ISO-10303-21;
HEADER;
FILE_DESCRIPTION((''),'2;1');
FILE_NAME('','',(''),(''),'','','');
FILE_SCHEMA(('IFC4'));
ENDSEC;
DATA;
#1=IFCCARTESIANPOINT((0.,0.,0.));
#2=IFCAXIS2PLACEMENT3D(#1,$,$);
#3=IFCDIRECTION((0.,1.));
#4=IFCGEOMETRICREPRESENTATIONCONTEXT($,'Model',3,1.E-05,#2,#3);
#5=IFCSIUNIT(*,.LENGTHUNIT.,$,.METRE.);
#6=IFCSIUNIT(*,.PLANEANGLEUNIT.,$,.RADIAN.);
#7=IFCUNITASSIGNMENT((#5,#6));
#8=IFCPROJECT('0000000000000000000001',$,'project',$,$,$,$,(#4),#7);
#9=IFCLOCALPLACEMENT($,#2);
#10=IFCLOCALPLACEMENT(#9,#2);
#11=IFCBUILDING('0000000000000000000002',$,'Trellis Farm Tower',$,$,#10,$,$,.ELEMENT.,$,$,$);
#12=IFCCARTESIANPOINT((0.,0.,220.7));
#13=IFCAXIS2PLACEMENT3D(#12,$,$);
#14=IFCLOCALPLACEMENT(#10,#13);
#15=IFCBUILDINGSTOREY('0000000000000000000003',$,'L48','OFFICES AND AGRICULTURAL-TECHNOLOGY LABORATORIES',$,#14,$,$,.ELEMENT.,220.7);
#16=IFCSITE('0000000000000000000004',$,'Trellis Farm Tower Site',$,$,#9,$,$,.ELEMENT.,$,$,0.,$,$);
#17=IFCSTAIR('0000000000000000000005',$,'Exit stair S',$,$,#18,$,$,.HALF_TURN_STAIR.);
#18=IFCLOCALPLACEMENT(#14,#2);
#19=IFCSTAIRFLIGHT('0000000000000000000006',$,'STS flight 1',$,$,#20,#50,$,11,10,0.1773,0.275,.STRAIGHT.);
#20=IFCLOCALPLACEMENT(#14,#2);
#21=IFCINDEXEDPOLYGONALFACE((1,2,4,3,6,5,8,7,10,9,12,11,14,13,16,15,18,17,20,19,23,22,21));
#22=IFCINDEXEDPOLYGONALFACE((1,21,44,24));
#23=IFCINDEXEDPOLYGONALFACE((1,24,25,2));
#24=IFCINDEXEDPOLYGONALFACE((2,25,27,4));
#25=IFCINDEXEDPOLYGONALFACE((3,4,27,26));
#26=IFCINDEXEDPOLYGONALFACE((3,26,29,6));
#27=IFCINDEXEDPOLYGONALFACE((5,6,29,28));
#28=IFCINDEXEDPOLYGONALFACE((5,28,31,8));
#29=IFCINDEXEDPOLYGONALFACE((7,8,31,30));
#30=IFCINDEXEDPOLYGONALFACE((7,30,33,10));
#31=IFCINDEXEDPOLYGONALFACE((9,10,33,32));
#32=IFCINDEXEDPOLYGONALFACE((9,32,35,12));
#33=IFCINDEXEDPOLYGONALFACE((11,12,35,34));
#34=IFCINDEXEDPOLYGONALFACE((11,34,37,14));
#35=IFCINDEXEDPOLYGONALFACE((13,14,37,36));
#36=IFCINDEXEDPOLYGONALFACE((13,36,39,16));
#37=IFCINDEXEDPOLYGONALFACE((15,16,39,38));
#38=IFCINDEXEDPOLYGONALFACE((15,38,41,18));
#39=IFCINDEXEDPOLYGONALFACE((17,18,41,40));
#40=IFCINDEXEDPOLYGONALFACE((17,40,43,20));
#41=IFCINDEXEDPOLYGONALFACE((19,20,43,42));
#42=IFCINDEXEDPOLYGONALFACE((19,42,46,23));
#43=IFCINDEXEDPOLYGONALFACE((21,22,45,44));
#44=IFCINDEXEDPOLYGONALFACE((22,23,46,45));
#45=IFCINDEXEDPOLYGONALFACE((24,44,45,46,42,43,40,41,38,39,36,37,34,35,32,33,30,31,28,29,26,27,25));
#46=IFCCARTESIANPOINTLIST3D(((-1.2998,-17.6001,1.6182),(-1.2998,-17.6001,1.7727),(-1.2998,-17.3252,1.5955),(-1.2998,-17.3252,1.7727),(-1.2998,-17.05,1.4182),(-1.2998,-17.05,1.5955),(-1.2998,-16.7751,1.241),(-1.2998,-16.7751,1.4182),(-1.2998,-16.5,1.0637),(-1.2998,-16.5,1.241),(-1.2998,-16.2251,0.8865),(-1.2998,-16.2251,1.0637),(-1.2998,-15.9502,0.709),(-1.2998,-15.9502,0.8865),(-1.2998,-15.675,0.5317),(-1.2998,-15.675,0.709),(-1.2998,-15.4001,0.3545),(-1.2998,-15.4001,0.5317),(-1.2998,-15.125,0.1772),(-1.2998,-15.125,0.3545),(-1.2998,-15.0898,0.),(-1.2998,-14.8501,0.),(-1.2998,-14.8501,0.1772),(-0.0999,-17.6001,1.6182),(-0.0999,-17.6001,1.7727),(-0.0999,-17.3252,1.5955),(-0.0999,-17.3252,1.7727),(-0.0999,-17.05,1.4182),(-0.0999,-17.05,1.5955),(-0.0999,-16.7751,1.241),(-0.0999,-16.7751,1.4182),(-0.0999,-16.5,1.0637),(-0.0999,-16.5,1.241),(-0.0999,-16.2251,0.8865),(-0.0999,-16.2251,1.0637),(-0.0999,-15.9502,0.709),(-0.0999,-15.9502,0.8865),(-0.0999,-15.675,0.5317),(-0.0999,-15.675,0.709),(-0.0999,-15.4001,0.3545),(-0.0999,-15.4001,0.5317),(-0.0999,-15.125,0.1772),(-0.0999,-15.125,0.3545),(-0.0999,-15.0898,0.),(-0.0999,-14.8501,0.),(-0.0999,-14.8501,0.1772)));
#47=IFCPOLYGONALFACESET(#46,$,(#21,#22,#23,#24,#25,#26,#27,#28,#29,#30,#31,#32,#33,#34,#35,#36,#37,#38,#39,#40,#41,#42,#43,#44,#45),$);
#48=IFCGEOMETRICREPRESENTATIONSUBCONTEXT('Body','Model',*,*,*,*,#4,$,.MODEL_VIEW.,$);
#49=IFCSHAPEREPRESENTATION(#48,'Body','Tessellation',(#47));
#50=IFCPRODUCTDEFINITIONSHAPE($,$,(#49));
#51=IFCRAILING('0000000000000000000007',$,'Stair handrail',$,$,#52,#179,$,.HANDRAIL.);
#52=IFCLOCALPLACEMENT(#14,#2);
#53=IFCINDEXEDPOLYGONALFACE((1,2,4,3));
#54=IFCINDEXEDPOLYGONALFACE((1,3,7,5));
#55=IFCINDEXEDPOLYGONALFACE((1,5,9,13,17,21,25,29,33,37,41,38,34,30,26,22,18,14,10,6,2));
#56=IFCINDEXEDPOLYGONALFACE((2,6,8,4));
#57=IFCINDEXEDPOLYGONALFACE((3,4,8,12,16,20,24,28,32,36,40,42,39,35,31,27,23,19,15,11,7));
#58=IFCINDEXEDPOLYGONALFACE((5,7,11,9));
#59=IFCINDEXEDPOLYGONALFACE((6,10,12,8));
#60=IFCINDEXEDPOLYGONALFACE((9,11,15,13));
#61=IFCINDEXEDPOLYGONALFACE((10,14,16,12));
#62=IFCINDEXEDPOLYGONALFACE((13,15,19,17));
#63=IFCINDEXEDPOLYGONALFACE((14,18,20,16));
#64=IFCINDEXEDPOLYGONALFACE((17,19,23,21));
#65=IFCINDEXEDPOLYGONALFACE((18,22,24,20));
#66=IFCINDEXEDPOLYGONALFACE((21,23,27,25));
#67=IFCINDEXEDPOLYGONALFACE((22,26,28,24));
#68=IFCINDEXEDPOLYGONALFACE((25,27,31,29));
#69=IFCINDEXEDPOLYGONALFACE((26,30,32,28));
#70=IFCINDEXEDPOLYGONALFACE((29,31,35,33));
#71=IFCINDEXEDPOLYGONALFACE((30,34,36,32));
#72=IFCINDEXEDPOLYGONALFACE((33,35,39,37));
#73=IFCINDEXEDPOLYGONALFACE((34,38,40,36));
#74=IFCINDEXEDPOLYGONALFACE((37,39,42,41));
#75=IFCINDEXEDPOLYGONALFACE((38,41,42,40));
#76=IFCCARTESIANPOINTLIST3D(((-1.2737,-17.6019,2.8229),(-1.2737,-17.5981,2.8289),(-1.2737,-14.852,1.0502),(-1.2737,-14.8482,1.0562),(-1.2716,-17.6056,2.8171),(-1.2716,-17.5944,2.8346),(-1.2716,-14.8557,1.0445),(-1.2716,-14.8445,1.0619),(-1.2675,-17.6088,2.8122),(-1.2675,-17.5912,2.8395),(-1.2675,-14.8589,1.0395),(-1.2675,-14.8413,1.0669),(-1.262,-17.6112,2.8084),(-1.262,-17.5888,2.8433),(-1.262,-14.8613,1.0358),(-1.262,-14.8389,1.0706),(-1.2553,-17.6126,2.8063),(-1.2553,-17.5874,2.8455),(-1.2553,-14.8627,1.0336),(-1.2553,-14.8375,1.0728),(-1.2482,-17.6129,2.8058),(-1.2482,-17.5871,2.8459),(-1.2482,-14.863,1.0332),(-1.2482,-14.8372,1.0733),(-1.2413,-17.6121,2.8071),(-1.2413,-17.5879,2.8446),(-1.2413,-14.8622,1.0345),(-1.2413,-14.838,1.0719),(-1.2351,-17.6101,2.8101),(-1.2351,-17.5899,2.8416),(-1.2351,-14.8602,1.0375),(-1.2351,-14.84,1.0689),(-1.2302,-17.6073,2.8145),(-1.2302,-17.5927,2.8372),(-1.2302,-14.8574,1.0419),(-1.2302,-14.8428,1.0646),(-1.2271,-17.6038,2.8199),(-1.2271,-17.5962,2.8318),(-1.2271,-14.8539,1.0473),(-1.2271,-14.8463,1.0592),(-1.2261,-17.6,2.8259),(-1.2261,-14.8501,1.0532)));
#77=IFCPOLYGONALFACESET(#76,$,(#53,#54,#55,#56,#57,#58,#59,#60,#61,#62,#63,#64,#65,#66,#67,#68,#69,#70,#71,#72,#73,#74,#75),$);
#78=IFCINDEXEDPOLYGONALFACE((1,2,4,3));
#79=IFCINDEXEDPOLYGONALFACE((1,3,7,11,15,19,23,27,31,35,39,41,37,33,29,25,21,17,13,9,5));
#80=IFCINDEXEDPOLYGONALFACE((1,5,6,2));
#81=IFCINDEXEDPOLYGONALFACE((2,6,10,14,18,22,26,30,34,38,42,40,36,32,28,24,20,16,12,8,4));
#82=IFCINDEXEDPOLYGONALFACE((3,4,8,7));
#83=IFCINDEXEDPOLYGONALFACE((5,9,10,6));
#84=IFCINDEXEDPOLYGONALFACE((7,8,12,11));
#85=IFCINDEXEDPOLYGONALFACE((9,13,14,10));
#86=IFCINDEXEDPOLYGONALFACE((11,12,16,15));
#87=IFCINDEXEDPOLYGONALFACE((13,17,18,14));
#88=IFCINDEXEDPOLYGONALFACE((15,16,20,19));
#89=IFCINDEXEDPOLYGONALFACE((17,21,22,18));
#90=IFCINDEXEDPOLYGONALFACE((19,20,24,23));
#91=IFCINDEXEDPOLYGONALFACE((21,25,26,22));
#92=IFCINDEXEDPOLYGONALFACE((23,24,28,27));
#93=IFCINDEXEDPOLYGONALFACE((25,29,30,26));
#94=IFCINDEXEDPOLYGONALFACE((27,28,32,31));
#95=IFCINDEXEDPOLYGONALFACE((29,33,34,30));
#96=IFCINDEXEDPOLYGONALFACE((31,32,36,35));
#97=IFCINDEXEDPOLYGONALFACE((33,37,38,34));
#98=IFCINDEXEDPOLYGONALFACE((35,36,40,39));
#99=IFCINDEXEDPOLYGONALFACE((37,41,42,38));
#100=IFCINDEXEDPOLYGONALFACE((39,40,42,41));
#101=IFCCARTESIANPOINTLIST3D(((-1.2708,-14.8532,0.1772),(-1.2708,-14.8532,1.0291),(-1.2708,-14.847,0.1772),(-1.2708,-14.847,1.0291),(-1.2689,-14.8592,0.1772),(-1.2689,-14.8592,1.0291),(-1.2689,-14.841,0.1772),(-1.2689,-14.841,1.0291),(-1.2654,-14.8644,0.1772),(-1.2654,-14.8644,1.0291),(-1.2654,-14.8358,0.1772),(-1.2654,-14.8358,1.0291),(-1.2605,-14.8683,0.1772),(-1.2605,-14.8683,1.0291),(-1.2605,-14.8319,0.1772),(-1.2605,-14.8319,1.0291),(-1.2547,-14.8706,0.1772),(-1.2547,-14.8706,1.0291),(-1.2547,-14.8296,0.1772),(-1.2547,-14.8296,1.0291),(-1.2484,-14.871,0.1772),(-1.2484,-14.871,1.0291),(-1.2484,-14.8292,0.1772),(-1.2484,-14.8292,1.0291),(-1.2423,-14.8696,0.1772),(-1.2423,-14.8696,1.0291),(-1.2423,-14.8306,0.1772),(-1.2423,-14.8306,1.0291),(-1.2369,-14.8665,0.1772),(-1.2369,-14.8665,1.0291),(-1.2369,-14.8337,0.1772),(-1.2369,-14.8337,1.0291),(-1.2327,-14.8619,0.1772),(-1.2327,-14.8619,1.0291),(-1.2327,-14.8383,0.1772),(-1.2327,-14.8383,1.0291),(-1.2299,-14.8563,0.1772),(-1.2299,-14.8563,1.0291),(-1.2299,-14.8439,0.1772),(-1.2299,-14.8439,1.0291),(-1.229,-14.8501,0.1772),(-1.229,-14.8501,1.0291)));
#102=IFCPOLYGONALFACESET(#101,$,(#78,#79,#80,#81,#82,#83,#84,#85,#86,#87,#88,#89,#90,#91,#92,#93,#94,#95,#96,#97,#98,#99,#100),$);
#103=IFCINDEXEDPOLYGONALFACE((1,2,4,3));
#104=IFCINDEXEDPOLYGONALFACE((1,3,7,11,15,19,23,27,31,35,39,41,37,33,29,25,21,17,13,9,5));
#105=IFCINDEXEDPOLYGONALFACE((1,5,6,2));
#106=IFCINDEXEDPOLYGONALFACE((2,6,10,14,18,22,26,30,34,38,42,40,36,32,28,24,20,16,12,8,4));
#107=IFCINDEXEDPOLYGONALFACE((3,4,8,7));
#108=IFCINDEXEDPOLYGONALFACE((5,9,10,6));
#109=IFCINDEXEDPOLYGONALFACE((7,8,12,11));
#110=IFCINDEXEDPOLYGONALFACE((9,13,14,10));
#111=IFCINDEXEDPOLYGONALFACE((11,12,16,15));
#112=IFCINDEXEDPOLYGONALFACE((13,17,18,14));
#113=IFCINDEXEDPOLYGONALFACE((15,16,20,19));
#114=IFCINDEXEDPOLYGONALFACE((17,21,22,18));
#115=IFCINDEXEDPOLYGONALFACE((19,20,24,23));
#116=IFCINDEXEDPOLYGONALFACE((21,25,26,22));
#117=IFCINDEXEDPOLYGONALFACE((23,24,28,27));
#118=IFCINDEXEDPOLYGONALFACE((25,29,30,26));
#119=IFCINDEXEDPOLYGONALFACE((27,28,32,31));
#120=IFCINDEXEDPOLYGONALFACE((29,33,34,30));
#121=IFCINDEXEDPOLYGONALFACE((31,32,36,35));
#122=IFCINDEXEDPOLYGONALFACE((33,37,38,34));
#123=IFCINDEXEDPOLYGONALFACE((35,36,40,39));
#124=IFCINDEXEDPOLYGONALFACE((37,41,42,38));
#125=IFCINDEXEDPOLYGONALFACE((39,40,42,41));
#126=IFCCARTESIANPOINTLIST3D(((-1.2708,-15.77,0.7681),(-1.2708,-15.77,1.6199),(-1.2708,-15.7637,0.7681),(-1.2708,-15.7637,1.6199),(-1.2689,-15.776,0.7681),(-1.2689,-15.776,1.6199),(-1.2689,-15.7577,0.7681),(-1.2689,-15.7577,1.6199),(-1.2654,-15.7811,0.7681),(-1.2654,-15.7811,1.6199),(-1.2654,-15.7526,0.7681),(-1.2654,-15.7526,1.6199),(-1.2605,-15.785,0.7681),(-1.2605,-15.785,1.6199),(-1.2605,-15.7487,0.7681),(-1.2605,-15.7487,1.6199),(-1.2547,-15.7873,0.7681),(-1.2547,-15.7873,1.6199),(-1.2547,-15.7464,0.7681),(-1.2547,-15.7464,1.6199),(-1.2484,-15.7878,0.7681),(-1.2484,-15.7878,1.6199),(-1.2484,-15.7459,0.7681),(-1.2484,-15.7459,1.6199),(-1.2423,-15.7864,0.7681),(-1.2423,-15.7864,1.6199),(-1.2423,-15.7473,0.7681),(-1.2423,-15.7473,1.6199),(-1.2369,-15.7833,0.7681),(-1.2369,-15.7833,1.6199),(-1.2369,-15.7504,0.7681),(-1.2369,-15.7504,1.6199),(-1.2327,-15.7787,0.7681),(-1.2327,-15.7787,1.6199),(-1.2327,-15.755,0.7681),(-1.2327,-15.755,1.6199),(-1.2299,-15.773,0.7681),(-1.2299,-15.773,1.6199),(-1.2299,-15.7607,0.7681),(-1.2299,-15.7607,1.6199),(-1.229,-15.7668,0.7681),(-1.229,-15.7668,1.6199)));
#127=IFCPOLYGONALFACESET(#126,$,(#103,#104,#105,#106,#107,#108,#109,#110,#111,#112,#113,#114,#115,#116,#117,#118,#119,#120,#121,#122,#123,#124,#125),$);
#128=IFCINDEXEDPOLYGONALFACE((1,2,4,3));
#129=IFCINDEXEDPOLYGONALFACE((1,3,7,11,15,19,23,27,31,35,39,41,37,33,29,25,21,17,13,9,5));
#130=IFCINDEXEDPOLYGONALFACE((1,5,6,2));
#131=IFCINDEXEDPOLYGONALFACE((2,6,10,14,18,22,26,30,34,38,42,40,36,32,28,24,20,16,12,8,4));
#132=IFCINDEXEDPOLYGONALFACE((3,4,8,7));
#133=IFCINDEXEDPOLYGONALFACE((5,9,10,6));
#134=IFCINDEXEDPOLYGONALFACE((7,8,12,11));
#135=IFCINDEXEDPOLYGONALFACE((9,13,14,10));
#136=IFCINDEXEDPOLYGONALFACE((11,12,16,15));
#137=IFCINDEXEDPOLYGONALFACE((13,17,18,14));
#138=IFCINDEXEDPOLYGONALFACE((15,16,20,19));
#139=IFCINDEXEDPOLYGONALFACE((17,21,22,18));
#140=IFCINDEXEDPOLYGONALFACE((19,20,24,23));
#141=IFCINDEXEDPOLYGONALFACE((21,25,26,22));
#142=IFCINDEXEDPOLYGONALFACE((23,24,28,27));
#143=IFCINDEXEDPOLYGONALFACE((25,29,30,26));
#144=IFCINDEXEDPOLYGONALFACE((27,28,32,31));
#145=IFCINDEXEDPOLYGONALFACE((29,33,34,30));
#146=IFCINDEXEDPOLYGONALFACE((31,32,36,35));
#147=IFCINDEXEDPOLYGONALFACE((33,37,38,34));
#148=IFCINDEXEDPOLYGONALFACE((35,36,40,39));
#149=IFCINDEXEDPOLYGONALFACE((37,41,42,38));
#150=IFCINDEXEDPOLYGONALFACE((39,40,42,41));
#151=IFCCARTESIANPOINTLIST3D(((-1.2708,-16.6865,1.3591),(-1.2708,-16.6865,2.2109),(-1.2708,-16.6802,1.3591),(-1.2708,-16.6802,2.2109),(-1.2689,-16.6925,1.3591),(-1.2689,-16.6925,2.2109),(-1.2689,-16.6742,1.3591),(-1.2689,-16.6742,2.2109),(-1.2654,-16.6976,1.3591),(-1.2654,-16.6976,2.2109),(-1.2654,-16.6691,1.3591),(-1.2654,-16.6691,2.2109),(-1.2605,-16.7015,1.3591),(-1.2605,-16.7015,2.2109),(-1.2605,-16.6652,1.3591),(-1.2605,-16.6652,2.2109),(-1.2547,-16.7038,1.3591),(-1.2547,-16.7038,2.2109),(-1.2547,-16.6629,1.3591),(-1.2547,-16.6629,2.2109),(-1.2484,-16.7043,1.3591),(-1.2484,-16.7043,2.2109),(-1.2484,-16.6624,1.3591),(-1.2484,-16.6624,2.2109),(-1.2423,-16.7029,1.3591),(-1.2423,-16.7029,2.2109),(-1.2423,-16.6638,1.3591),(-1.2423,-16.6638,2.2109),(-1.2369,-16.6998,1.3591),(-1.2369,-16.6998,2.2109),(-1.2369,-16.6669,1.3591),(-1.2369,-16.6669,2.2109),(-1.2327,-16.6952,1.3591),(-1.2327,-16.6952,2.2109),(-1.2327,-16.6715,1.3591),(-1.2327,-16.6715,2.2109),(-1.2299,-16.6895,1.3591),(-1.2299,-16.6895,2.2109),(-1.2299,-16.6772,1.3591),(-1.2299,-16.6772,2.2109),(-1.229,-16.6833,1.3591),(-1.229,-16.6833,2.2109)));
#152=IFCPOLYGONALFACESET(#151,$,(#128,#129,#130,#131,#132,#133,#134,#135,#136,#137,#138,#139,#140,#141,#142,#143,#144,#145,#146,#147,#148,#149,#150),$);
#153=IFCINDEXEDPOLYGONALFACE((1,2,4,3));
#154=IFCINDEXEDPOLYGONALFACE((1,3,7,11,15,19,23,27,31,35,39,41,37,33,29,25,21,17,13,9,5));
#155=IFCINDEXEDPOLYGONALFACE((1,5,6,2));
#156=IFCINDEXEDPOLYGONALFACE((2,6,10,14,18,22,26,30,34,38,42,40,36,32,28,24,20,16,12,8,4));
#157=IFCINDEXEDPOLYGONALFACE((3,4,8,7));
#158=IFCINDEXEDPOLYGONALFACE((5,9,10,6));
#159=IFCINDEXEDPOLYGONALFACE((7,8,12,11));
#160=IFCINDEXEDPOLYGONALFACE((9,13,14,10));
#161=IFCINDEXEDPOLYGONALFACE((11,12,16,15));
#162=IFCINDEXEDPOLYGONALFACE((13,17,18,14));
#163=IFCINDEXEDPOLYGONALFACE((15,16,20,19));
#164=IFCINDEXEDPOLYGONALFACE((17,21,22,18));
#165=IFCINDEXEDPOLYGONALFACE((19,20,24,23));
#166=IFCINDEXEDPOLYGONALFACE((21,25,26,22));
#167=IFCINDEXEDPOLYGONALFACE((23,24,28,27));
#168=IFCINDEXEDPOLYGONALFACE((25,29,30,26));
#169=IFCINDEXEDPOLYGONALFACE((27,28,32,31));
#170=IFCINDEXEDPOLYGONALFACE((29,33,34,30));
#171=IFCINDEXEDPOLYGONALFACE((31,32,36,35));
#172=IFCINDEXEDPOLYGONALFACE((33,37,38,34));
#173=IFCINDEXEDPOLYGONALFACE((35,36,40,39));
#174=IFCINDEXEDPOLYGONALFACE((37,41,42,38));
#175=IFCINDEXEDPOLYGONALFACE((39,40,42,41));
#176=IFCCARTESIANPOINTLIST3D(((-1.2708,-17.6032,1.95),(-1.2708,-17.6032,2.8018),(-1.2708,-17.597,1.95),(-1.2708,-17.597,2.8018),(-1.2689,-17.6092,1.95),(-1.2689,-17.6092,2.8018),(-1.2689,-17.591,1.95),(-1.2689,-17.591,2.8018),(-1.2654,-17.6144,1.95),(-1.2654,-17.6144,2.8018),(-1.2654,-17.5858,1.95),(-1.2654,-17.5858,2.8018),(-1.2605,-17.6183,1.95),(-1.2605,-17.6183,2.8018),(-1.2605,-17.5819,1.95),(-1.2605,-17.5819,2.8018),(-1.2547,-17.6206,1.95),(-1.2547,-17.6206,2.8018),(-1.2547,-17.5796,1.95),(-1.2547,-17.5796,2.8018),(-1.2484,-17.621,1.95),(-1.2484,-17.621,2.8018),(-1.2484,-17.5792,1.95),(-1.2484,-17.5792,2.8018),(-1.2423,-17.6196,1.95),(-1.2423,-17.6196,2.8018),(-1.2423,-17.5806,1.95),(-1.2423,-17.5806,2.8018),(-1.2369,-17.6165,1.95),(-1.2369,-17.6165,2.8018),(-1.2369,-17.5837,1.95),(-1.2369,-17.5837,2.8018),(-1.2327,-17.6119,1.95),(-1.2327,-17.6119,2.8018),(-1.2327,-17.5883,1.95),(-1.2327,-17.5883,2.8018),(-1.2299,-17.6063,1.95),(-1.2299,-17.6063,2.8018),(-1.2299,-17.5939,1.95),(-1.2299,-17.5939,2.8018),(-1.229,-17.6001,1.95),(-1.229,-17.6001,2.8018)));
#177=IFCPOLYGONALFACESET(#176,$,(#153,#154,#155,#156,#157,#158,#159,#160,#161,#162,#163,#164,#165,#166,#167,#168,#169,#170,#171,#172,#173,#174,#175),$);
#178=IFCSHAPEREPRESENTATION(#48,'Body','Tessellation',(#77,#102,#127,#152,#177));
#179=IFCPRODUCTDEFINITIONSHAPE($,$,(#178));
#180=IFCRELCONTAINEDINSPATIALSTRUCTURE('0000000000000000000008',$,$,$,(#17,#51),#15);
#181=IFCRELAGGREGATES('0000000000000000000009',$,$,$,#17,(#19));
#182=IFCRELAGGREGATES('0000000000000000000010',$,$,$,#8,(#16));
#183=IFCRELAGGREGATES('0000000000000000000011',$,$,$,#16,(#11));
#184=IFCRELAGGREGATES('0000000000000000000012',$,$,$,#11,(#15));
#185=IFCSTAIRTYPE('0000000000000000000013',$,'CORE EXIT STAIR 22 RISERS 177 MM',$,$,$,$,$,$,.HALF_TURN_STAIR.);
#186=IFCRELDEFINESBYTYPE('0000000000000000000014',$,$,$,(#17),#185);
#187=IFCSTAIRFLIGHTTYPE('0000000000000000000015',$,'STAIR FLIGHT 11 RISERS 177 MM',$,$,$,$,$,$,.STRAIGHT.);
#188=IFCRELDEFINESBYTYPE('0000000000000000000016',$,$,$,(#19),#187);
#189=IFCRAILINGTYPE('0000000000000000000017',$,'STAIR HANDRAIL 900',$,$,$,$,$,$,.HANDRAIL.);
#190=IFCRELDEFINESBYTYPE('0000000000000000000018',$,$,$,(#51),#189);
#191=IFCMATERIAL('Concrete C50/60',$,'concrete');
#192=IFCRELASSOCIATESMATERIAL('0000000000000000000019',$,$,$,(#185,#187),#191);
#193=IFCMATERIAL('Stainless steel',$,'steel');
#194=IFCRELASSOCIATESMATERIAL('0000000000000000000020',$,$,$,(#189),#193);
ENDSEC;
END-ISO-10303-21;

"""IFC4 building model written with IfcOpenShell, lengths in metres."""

from ifc_helpers import new_model, si_unit, direction, frame, origin, origin_2d, place, context, subcontext, project, spatial, polyline, circle, outline, extrude, source, transform, mapped, material, type_object, element, aggregate, save


model = new_model("IFC4")

# Units and contexts
model_context = context("Model", 3, precision=1e-05, world=origin(), true_north=direction((0.0, 1.0)))
body_context = subcontext(model_context, "Body", "Model", "MODEL_VIEW")
ifc_project = project(units=[si_unit("LENGTHUNIT", "METRE"), si_unit("PLANEANGLEUNIT", "RADIAN")], contexts=[model_context])

# Site, building, storey
site_placement = place(None, origin())
site = spatial("IfcSite", under=ifc_project, at=site_placement, Name="Trellis Farm Tower Site", CompositionType="ELEMENT", RefElevation=0.0)
building_placement = place(site_placement, origin())
building = spatial("IfcBuilding", under=site, at=building_placement, Name="Trellis Farm Tower", CompositionType="ELEMENT")
storey_placement = place(building_placement, frame((0.0, 0.0, 220.7)))
storey = spatial("IfcBuildingStorey", under=building, at=storey_placement, Name="L48", Description="OFFICES AND AGRICULTURAL-TECHNOLOGY LABORATORIES", CompositionType="ELEMENT", Elevation=220.7)

# Shared definitions
placement = place(storey_placement, origin())

# Stair, stair flight
ifc_material_1 = material(Name="Concrete C50/60", Category="concrete")
stair_type = type_object("IfcStairType", Name="CORE EXIT STAIR 22 RISERS 177 MM", PredefinedType="HALF_TURN_STAIR", material=ifc_material_1)
stair = element("IfcStair", 1, at=placement, inside=storey, type_object=stair_type, Name="Exit stair S", PredefinedType="HALF_TURN_STAIR")
stair_flight_type = type_object("IfcStairFlightType", Name="STAIR FLIGHT 11 RISERS 177 MM", PredefinedType="STRAIGHT", material=ifc_material_1)
shared_shape_1 = source(origin(), body_context, "Body", "SweptSolid", [
    extrude(outline(polyline([(0.0, 0.0), (0.0, 0.1772), (0.2749, 0.1772), (0.2749, 0.3545), (0.55, 0.3545), (0.55, 0.5317), (0.825, 0.5317), (0.825, 0.709), (1.1001, 0.709), (1.1001, 0.8865), (1.375, 0.8865), (1.375, 1.0637), (1.6499, 1.0637), (1.6499, 1.241), (1.925, 1.241), (1.925, 1.4182), (2.2, 1.4182), (2.2, 1.5955), (2.4751, 1.5955), (2.4751, 1.7727), (2.75, 1.7727), (2.75, 1.95), (2.75, 1.6182), (0.2397, 0.0), (0.0, 0.0)])), frame((0.0, 0.6001, 0.0), z_axis=(0.0, -1.0, 0.0), x_axis=(1.0, 0.0, 0.0)), (0.0, 0.0, 1.0), 1.2),
])
stair_flight_placement = place(storey_placement, frame((-0.7, -14.8501, 0.0), z_axis=(0.0, 0.0, 1.0), x_axis=(0.0, -1.0, 0.0)))
stair_flight = element("IfcStairFlight", 2, at=stair_flight_placement, type_object=stair_flight_type, Name="STS flight 1", NumberOfRisers=11, NumberOfTreads=10, PredefinedType="STRAIGHT", RiserHeight=0.1773, TreadLength=0.275, context=body_context, shape_type="MappedRepresentation", body=[
    mapped(shared_shape_1, transform((0.0, 0.0, 0.0))),
])
aggregate(stair, [stair_flight])

# Railing
ifc_material_2 = material(Name="Stainless steel", Category="steel")
railing_type = type_object("IfcRailingType", Name="STAIR HANDRAIL 900", PredefinedType="HANDRAIL", material=ifc_material_2)
shared_shape_2 = source(origin(), body_context, "Body", "SweptSolid", [
    extrude(circle(Radius=0.0239, at=origin_2d()), frame((0.0, 0.0, 0.876), z_axis=(0.0, -0.840504, 0.541806), x_axis=(1.0, 0.0, 0.0)), (0.0, 0.0, 1.0), 3.2717),
    extrude(circle(Radius=0.021, at=origin_2d()), origin(), (0.0, 0.0, 1.0), 0.8518),
    extrude(circle(Radius=0.021, at=origin_2d()), frame((0.0, -0.9167, 0.5908)), (0.0, 0.0, 1.0), 0.8518),
    extrude(circle(Radius=0.021, at=origin_2d()), frame((0.0, -1.8333, 1.1819)), (0.0, 0.0, 1.0), 0.8518),
    extrude(circle(Radius=0.021, at=origin_2d()), frame((0.0, -2.75, 1.7727)), (0.0, 0.0, 1.0), 0.8518),
])
railing_placement = place(storey_placement, frame((-1.25, -14.8501, 0.1772)))
element("IfcRailing", 3, at=railing_placement, inside=storey, type_object=railing_type, Name="Stair handrail", PredefinedType="HANDRAIL", context=body_context, shape_type="MappedRepresentation", body=[
    mapped(shared_shape_2, transform((0.0, 0.0, 0.0))),
])

save(model, "model.ifc")
